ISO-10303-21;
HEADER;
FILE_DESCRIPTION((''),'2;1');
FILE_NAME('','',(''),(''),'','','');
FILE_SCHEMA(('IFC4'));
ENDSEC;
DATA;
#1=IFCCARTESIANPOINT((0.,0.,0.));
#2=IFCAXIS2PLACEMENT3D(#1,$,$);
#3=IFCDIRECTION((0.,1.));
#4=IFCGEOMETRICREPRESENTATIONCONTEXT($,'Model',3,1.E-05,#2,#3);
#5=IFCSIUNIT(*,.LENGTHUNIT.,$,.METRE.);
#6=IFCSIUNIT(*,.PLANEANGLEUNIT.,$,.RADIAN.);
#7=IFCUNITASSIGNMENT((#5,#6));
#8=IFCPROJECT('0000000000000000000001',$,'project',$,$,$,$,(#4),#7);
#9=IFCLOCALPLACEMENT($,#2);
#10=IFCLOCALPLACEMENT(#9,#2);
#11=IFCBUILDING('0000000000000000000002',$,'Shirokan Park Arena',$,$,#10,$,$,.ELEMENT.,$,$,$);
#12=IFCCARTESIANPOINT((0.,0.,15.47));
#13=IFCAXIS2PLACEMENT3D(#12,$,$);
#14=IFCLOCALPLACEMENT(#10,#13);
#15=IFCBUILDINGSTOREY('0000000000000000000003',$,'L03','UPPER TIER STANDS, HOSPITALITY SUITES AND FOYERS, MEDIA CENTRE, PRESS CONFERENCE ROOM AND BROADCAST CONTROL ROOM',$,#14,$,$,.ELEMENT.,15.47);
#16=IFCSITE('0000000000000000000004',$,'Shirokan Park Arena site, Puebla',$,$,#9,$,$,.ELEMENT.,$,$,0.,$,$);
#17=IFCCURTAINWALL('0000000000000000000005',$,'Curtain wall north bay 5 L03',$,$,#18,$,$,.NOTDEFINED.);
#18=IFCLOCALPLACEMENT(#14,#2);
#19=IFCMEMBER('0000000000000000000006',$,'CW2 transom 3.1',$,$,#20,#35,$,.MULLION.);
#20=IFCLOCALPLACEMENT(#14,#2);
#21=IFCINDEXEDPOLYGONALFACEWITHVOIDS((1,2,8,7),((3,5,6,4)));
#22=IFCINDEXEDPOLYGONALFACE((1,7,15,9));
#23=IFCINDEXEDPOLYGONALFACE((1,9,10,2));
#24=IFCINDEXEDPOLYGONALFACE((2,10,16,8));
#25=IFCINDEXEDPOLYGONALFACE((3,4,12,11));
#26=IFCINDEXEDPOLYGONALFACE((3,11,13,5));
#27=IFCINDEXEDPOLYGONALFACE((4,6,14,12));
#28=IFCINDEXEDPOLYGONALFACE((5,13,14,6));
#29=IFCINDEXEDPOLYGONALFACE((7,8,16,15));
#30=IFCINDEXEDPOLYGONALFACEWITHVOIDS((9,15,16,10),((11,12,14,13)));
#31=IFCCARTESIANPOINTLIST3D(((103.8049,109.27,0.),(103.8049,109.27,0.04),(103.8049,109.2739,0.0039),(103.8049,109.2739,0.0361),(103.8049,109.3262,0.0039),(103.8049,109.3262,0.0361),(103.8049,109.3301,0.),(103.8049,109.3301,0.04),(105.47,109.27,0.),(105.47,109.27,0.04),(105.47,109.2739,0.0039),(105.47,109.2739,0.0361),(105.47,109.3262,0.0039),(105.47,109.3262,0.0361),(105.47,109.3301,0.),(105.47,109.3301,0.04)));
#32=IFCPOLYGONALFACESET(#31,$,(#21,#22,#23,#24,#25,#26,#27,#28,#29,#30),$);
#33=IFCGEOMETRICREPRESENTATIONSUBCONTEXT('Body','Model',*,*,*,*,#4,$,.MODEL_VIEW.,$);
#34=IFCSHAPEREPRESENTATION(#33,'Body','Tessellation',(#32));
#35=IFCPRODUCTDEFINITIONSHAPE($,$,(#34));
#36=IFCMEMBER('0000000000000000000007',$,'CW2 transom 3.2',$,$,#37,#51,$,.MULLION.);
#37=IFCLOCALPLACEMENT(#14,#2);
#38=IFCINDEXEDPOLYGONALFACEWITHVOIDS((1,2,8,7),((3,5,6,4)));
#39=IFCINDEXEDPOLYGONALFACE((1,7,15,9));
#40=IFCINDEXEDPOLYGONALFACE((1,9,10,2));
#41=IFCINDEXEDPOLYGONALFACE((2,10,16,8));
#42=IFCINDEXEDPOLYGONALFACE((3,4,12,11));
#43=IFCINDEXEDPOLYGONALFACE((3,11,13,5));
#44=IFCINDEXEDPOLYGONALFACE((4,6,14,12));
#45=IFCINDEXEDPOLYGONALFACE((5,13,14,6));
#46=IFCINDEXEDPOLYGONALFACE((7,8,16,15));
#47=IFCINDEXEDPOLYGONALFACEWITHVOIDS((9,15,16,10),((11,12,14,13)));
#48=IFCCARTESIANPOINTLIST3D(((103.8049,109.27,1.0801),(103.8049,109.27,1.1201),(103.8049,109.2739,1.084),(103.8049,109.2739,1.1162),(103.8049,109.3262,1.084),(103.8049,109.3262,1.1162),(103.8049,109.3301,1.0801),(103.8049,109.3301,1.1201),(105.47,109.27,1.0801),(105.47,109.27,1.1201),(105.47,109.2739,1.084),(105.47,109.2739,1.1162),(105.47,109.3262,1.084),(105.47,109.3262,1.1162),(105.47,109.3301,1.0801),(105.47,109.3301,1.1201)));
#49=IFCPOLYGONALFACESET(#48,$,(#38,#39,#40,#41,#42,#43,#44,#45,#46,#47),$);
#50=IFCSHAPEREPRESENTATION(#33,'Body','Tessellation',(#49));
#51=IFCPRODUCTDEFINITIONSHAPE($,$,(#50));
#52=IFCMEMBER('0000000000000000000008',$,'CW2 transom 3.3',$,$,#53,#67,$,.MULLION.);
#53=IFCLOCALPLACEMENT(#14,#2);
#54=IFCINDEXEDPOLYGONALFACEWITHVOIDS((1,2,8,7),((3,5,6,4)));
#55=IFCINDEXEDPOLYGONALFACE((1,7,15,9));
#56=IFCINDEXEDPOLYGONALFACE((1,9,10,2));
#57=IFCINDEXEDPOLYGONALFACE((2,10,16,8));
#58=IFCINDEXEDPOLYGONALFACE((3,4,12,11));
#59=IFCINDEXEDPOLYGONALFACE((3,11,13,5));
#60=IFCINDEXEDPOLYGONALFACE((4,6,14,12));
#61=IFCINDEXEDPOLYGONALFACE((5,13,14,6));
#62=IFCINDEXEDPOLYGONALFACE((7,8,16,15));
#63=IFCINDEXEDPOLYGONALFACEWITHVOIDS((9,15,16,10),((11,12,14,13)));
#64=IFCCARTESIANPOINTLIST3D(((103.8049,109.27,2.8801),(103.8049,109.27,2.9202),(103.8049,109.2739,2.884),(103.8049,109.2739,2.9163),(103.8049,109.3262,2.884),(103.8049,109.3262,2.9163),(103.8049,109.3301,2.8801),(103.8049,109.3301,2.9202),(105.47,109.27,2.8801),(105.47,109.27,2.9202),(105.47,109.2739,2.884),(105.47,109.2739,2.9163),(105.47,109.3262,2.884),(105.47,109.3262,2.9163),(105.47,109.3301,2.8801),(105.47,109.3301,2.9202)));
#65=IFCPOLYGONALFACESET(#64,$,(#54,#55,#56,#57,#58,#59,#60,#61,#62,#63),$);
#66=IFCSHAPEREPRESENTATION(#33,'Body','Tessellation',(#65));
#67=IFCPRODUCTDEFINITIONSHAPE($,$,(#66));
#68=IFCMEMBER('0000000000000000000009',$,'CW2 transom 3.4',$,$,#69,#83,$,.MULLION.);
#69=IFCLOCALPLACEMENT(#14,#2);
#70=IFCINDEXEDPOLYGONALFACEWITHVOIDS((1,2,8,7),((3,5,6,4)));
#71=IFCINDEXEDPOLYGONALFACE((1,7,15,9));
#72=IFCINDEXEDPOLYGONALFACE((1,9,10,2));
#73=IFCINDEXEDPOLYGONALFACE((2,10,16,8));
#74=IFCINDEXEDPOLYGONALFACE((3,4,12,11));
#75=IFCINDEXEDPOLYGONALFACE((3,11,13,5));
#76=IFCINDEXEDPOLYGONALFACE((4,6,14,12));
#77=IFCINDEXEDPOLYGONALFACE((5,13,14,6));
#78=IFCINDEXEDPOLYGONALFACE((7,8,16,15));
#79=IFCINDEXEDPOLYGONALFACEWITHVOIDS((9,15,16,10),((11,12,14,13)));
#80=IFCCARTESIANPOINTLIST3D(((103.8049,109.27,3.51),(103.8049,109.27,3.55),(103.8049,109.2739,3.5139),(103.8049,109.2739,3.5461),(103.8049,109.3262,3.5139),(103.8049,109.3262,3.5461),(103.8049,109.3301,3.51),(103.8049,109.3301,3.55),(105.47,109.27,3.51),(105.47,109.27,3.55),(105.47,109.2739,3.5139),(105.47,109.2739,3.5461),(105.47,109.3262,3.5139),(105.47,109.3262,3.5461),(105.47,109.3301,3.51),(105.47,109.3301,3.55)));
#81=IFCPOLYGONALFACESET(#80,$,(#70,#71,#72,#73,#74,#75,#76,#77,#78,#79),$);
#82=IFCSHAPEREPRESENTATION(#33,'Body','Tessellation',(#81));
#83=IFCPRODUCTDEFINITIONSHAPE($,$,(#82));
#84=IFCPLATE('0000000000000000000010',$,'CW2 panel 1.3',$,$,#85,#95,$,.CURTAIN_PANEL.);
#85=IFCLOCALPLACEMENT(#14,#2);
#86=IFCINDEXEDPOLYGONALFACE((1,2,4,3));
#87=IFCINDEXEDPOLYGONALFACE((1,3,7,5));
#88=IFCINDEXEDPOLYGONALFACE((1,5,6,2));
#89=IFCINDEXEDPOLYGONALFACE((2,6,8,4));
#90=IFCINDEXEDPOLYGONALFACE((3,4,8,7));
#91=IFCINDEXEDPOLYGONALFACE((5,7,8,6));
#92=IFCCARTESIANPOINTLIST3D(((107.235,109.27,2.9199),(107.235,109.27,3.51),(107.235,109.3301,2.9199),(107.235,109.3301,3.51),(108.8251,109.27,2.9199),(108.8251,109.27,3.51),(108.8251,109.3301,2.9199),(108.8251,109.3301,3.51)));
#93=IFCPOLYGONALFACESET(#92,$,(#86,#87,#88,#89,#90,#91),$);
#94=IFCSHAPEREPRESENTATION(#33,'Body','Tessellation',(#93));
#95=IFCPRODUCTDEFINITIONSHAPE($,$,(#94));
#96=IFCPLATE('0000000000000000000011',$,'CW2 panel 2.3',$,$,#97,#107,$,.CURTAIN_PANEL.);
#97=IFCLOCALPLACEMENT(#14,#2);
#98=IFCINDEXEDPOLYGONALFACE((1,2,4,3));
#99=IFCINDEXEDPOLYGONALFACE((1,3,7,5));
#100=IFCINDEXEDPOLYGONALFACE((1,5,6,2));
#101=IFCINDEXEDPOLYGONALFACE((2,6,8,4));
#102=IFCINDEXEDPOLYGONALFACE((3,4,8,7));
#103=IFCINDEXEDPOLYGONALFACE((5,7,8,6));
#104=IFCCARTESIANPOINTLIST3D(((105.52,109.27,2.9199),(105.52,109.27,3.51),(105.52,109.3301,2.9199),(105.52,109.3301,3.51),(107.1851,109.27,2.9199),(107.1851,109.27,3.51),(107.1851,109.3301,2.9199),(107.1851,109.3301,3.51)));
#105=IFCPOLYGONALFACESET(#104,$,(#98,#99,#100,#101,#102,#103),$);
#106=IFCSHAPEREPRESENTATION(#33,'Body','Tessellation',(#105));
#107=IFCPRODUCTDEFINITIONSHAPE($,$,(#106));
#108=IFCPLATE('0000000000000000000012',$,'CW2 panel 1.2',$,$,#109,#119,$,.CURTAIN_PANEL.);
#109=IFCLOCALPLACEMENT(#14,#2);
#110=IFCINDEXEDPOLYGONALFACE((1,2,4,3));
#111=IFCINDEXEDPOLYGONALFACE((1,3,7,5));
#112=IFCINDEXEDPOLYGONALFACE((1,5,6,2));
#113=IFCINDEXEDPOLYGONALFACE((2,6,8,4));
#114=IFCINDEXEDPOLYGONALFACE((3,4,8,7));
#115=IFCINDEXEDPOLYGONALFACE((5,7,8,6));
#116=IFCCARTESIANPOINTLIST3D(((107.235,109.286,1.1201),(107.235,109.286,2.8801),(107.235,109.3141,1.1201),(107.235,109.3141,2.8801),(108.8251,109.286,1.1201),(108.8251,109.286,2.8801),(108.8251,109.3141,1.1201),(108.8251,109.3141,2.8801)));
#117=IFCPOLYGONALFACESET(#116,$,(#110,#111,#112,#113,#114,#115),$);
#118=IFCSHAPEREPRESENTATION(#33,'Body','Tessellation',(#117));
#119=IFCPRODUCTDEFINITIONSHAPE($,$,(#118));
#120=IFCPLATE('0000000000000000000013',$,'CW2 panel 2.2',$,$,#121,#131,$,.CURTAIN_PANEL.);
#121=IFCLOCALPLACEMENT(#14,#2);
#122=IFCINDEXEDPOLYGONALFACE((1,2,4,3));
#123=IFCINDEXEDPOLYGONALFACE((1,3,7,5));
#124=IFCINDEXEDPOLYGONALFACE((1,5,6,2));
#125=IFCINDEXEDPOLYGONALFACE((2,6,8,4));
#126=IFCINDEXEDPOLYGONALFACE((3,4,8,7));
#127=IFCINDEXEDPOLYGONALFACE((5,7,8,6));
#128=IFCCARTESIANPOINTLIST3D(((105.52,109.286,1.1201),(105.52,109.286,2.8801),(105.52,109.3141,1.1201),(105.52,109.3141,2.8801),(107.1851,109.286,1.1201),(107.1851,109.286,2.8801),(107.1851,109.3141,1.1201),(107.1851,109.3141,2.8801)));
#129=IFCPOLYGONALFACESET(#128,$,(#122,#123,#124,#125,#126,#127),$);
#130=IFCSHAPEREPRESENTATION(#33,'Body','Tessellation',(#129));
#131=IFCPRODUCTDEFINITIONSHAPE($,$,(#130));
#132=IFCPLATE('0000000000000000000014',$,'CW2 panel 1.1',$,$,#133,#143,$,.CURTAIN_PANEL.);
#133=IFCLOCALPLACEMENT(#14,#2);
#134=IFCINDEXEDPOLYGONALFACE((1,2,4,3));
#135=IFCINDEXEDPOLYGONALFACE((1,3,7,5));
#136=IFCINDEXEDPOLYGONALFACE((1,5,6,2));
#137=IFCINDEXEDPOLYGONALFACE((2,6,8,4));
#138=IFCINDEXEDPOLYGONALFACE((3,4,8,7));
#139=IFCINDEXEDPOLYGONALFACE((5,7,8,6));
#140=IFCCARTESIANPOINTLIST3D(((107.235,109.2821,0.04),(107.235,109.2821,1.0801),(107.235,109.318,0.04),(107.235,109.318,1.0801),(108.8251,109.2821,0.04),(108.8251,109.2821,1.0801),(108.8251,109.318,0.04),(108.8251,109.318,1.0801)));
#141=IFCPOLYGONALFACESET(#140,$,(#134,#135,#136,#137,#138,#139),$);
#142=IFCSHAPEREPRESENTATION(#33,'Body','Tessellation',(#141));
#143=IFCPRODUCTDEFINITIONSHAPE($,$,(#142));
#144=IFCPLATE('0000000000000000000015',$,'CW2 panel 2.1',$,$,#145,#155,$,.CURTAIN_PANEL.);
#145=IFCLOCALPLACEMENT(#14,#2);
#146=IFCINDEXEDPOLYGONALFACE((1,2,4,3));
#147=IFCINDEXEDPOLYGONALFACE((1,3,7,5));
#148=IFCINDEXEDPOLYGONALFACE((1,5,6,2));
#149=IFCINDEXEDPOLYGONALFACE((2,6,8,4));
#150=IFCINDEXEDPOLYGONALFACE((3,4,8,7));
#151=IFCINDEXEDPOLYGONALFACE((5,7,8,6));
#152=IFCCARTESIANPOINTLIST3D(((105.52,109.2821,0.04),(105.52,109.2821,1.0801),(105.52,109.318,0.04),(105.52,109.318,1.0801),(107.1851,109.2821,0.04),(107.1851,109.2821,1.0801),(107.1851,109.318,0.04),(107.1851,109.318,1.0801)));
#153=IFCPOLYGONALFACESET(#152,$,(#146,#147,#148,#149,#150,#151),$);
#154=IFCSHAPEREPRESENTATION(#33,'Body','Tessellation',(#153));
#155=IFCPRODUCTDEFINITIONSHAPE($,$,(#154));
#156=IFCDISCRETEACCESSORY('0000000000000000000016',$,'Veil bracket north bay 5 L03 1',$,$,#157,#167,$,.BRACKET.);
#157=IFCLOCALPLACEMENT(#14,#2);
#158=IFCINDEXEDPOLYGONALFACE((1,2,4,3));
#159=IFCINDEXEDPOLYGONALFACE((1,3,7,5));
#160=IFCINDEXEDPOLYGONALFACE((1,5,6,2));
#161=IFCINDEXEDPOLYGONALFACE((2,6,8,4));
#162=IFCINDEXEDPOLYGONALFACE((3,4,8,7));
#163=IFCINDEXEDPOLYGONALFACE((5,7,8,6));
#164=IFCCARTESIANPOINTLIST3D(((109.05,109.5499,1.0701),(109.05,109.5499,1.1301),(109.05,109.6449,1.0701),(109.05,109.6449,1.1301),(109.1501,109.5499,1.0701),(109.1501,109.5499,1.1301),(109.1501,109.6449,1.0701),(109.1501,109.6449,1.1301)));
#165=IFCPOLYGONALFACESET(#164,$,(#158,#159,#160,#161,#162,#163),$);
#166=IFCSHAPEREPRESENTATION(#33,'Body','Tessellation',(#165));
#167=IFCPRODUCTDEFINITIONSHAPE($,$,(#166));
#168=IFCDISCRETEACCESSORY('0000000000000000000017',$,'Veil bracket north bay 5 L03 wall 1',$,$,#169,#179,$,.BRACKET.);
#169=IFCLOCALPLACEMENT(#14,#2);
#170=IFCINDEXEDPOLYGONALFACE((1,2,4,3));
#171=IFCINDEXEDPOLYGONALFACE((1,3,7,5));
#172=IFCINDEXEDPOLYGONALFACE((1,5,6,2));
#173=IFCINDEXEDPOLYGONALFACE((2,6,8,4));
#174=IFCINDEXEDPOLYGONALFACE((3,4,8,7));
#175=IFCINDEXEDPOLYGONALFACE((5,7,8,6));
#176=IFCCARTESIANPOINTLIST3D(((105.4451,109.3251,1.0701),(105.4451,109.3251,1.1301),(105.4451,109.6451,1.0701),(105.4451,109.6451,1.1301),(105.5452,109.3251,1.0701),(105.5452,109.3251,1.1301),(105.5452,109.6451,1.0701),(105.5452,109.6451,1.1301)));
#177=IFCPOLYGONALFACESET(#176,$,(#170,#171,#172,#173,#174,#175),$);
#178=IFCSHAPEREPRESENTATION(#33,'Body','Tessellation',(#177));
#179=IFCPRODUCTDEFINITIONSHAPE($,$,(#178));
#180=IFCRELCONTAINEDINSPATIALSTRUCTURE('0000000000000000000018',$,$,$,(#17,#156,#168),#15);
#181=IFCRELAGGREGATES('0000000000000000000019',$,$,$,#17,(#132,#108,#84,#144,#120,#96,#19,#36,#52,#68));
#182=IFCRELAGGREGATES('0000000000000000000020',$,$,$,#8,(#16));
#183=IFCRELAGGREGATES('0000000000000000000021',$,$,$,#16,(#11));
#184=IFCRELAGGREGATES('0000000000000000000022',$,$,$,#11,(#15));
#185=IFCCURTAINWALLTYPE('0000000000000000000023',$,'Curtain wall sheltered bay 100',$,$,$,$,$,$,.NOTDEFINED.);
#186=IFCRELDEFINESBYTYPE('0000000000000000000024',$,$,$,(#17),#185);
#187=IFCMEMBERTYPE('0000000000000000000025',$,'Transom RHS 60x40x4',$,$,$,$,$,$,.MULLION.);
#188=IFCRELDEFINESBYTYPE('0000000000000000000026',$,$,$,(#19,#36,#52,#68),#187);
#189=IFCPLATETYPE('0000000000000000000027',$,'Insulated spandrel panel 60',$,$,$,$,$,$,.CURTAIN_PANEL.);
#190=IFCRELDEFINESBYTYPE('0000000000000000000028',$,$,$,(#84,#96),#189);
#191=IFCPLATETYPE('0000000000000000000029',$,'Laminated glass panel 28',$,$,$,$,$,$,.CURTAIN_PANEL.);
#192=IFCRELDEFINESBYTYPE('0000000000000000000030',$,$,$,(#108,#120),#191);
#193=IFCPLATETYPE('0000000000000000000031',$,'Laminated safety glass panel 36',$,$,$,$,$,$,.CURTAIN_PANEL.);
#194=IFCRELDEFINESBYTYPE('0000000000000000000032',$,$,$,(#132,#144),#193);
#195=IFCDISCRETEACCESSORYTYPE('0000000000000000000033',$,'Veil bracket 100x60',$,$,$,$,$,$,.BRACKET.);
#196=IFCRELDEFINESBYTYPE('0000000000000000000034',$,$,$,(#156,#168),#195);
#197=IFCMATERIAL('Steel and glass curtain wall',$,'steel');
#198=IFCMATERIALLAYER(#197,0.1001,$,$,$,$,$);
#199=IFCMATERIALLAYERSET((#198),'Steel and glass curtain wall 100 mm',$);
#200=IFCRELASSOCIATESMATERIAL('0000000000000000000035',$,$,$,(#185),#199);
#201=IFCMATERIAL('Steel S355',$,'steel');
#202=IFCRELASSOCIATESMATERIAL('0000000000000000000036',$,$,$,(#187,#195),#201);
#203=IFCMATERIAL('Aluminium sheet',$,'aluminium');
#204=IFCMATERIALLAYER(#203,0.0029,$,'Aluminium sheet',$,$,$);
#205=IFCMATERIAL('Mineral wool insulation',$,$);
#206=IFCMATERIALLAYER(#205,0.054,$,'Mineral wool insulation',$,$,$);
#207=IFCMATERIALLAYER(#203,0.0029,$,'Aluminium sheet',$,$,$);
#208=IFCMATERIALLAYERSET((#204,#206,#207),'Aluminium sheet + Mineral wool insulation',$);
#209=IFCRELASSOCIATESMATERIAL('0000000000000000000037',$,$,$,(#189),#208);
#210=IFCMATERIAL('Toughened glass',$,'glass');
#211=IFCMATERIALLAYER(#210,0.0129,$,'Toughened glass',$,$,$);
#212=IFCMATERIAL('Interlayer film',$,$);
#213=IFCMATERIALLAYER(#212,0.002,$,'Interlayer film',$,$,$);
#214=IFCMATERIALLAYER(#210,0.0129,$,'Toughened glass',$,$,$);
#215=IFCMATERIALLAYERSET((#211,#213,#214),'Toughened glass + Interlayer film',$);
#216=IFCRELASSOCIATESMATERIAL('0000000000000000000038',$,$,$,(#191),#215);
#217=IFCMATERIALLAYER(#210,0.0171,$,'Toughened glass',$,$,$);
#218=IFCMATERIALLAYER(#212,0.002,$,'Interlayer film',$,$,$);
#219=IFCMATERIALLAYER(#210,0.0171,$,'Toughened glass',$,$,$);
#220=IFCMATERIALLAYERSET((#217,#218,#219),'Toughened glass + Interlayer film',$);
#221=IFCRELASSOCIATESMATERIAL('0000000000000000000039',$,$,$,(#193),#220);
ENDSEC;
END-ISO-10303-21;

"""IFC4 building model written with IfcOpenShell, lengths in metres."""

from ifc_helpers import new_model, si_unit, direction, frame, origin, origin_2d, place, context, subcontext, project, spatial, rectangle, hollow_rectangle, extrude, material, layer, layer_set, material_profile, profile_set, type_object, element, aggregate, save


model = new_model("IFC4")

# Units and contexts
model_context = context("Model", 3, precision=1e-05, world=origin(), true_north=direction((0.0, 1.0)))
body_context = subcontext(model_context, "Body", "Model", "MODEL_VIEW")
ifc_project = project(units=[si_unit("LENGTHUNIT", "METRE"), si_unit("PLANEANGLEUNIT", "RADIAN")], contexts=[model_context])

# Site, building, storey
site_placement = place(None, origin())
site = spatial("IfcSite", under=ifc_project, at=site_placement, Name="Shirokan Park Arena site, Puebla", CompositionType="ELEMENT", RefElevation=0.0)
building_placement = place(site_placement, origin())
building = spatial("IfcBuilding", under=site, at=building_placement, Name="Shirokan Park Arena", CompositionType="ELEMENT")
storey_placement = place(building_placement, frame((0.0, 0.0, 15.47)))
storey = spatial("IfcBuildingStorey", under=building, at=storey_placement, Name="L03", Description="UPPER TIER STANDS, HOSPITALITY SUITES AND FOYERS, MEDIA CENTRE, PRESS CONFERENCE ROOM AND BROADCAST CONTROL ROOM", CompositionType="ELEMENT", Elevation=15.47)

# Curtain wall, members, plates
ifc_material_1 = material(Name="Steel and glass curtain wall", Category="steel")
ifc_layer_1 = layer(ifc_material_1, 0.1001)
ifc_layer_set_1 = layer_set([ifc_layer_1], Name="Steel and glass curtain wall 100 mm")
curtain_wall_type = type_object("IfcCurtainWallType", Name="Curtain wall sheltered bay 100", PredefinedType="NOTDEFINED", material=ifc_layer_set_1)
curtain_wall_placement = place(storey_placement, origin())
curtain_wall = element("IfcCurtainWall", 1, at=curtain_wall_placement, inside=storey, type_object=curtain_wall_type, Name="Curtain wall north bay 5 L03", PredefinedType="NOTDEFINED")
ifc_material_2 = material(Name="Steel S355", Category="steel")
ifc_material_profile_1 = material_profile(ifc_material_2, hollow_rectangle(XDim=0.0601, YDim=0.04, WallThickness=0.0039, at=origin_2d()), Name="RHS 60x40x4")
ifc_profile_set_1 = profile_set([ifc_material_profile_1], Name="Steel S355")
member_type_1 = type_object("IfcMemberType", Name="Transom RHS 60x40x4", PredefinedType="MULLION", material=ifc_profile_set_1)
member_1_placement = place(storey_placement, frame((105.47, 109.3, 0.02), z_axis=(-1.0, 0.0, 0.0), x_axis=(0.0, -1.0, 0.0)))
member_1 = element("IfcMember", 2, at=member_1_placement, type_object=member_type_1, Name="CW2 transom 3.1", PredefinedType="MULLION", context=body_context, shape_type="SweptSolid", body=[
    extrude(hollow_rectangle(XDim=0.0601, YDim=0.04, WallThickness=0.0039, at=origin_2d()), origin(), (0.0, 0.0, 1.0), 1.665),
])
member_2_placement = place(storey_placement, frame((105.47, 109.3, 1.1001), z_axis=(-1.0, 0.0, 0.0), x_axis=(0.0, -1.0, 0.0)))
member_2 = element("IfcMember", 3, at=member_2_placement, type_object=member_type_1, Name="CW2 transom 3.2", PredefinedType="MULLION", context=body_context, shape_type="SweptSolid", body=[
    extrude(hollow_rectangle(XDim=0.0601, YDim=0.04, WallThickness=0.0039, at=origin_2d()), origin(), (0.0, 0.0, 1.0), 1.665),
])
member_3_placement = place(storey_placement, frame((105.47, 109.3, 2.9001), z_axis=(-1.0, 0.0, 0.0), x_axis=(0.0, -1.0, 0.0)))
member_3 = element("IfcMember", 4, at=member_3_placement, type_object=member_type_1, Name="CW2 transom 3.3", PredefinedType="MULLION", context=body_context, shape_type="SweptSolid", body=[
    extrude(hollow_rectangle(XDim=0.0601, YDim=0.04, WallThickness=0.0039, at=origin_2d()), origin(), (0.0, 0.0, 1.0), 1.665),
])
member_4_placement = place(storey_placement, frame((105.47, 109.3, 3.53), z_axis=(-1.0, 0.0, 0.0), x_axis=(0.0, -1.0, 0.0)))
member_4 = element("IfcMember", 5, at=member_4_placement, type_object=member_type_1, Name="CW2 transom 3.4", PredefinedType="MULLION", context=body_context, shape_type="SweptSolid", body=[
    extrude(hollow_rectangle(XDim=0.0601, YDim=0.04, WallThickness=0.0039, at=origin_2d()), origin(), (0.0, 0.0, 1.0), 1.665),
])
ifc_material_3 = material(Name="Aluminium sheet", Category="aluminium")
ifc_layer_2 = layer(ifc_material_3, 0.0029, Name="Aluminium sheet")
ifc_material_4 = material(Name="Mineral wool insulation")
ifc_layer_3 = layer(ifc_material_4, 0.054, Name="Mineral wool insulation")
ifc_layer_4 = layer(ifc_material_3, 0.0029, Name="Aluminium sheet")
ifc_layer_set_2 = layer_set([ifc_layer_2, ifc_layer_3, ifc_layer_4], Name="Aluminium sheet + Mineral wool insulation")
plate_type_1 = type_object("IfcPlateType", Name="Insulated spandrel panel 60", PredefinedType="CURTAIN_PANEL", material=ifc_layer_set_2)
plate_1_placement = place(storey_placement, frame((108.03, 109.3, 2.9199), z_axis=(0.0, 0.0, 1.0), x_axis=(-1.0, 0.0, 0.0)))
plate_1 = element("IfcPlate", 6, at=plate_1_placement, type_object=plate_type_1, Name="CW2 panel 1.3", PredefinedType="CURTAIN_PANEL", context=body_context, shape_type="SweptSolid", body=[
    extrude(rectangle(XDim=1.5901, YDim=0.0601, at=origin_2d()), origin(), (0.0, 0.0, 1.0), 0.5901),
])
plate_2_placement = place(storey_placement, frame((106.3525, 109.3, 2.9199), z_axis=(0.0, 0.0, 1.0), x_axis=(-1.0, 0.0, 0.0)))
plate_2 = element("IfcPlate", 7, at=plate_2_placement, type_object=plate_type_1, Name="CW2 panel 2.3", PredefinedType="CURTAIN_PANEL", context=body_context, shape_type="SweptSolid", body=[
    extrude(rectangle(XDim=1.665, YDim=0.0601, at=origin_2d()), origin(), (0.0, 0.0, 1.0), 0.5901),
])
ifc_material_5 = material(Name="Toughened glass", Category="glass")
ifc_layer_5 = layer(ifc_material_5, 0.0129, Name="Toughened glass")
ifc_material_6 = material(Name="Interlayer film")
ifc_layer_6 = layer(ifc_material_6, 0.002, Name="Interlayer film")
ifc_layer_7 = layer(ifc_material_5, 0.0129, Name="Toughened glass")
ifc_layer_set_3 = layer_set([ifc_layer_5, ifc_layer_6, ifc_layer_7], Name="Toughened glass + Interlayer film")
plate_type_2 = type_object("IfcPlateType", Name="Laminated glass panel 28", PredefinedType="CURTAIN_PANEL", material=ifc_layer_set_3)
plate_3_placement = place(storey_placement, frame((108.03, 109.3, 1.1201), z_axis=(0.0, 0.0, 1.0), x_axis=(-1.0, 0.0, 0.0)))
plate_3 = element("IfcPlate", 8, at=plate_3_placement, type_object=plate_type_2, Name="CW2 panel 1.2", PredefinedType="CURTAIN_PANEL", context=body_context, shape_type="SweptSolid", body=[
    extrude(rectangle(XDim=1.5901, YDim=0.0281, at=origin_2d()), origin(), (0.0, 0.0, 1.0), 1.76),
])
plate_4_placement = place(storey_placement, frame((106.3525, 109.3, 1.1201), z_axis=(0.0, 0.0, 1.0), x_axis=(-1.0, 0.0, 0.0)))
plate_4 = element("IfcPlate", 9, at=plate_4_placement, type_object=plate_type_2, Name="CW2 panel 2.2", PredefinedType="CURTAIN_PANEL", context=body_context, shape_type="SweptSolid", body=[
    extrude(rectangle(XDim=1.665, YDim=0.0281, at=origin_2d()), origin(), (0.0, 0.0, 1.0), 1.76),
])
ifc_layer_8 = layer(ifc_material_5, 0.0171, Name="Toughened glass")
ifc_layer_9 = layer(ifc_material_6, 0.002, Name="Interlayer film")
ifc_layer_10 = layer(ifc_material_5, 0.0171, Name="Toughened glass")
ifc_layer_set_4 = layer_set([ifc_layer_8, ifc_layer_9, ifc_layer_10], Name="Toughened glass + Interlayer film")
plate_type_3 = type_object("IfcPlateType", Name="Laminated safety glass panel 36", PredefinedType="CURTAIN_PANEL", material=ifc_layer_set_4)
plate_5_placement = place(storey_placement, frame((108.03, 109.3, 0.04), z_axis=(0.0, 0.0, 1.0), x_axis=(-1.0, 0.0, 0.0)))
plate_5 = element("IfcPlate", 10, at=plate_5_placement, type_object=plate_type_3, Name="CW2 panel 1.1", PredefinedType="CURTAIN_PANEL", context=body_context, shape_type="SweptSolid", body=[
    extrude(rectangle(XDim=1.5901, YDim=0.0359, at=origin_2d()), origin(), (0.0, 0.0, 1.0), 1.04),
])
plate_6_placement = place(storey_placement, frame((106.3525, 109.3, 0.04), z_axis=(0.0, 0.0, 1.0), x_axis=(-1.0, 0.0, 0.0)))
plate_6 = element("IfcPlate", 11, at=plate_6_placement, type_object=plate_type_3, Name="CW2 panel 2.1", PredefinedType="CURTAIN_PANEL", context=body_context, shape_type="SweptSolid", body=[
    extrude(rectangle(XDim=1.665, YDim=0.0359, at=origin_2d()), origin(), (0.0, 0.0, 1.0), 1.04),
])
aggregate(curtain_wall, [plate_5, plate_3, plate_1, plate_6, plate_4, plate_2, member_1, member_2, member_3, member_4])

# Discrete accessories
discrete_accessory_type = type_object("IfcDiscreteAccessoryType", Name="Veil bracket 100x60", PredefinedType="BRACKET", material=ifc_material_2)
discrete_accessory_1_placement = place(storey_placement, frame((109.1001, 109.5974, 1.0701), z_axis=(0.0, 0.0, 1.0), x_axis=(-1.0, 0.0, 0.0)))
element("IfcDiscreteAccessory", 12, at=discrete_accessory_1_placement, inside=storey, type_object=discrete_accessory_type, Name="Veil bracket north bay 5 L03 1", PredefinedType="BRACKET", context=body_context, shape_type="SweptSolid", body=[
    extrude(rectangle(XDim=0.1001, YDim=0.095, at=origin_2d()), origin(), (0.0, 0.0, 1.0), 0.0601),
])
discrete_accessory_2_placement = place(storey_placement, frame((105.4951, 109.4851, 1.0701), z_axis=(0.0, 0.0, 1.0), x_axis=(-1.0, 0.0, 0.0)))
element("IfcDiscreteAccessory", 13, at=discrete_accessory_2_placement, inside=storey, type_object=discrete_accessory_type, Name="Veil bracket north bay 5 L03 wall 1", PredefinedType="BRACKET", context=body_context, shape_type="SweptSolid", body=[
    extrude(rectangle(XDim=0.1001, YDim=0.3201, at=origin_2d()), origin(), (0.0, 0.0, 1.0), 0.0601),
])

save(model, "model.ifc")
